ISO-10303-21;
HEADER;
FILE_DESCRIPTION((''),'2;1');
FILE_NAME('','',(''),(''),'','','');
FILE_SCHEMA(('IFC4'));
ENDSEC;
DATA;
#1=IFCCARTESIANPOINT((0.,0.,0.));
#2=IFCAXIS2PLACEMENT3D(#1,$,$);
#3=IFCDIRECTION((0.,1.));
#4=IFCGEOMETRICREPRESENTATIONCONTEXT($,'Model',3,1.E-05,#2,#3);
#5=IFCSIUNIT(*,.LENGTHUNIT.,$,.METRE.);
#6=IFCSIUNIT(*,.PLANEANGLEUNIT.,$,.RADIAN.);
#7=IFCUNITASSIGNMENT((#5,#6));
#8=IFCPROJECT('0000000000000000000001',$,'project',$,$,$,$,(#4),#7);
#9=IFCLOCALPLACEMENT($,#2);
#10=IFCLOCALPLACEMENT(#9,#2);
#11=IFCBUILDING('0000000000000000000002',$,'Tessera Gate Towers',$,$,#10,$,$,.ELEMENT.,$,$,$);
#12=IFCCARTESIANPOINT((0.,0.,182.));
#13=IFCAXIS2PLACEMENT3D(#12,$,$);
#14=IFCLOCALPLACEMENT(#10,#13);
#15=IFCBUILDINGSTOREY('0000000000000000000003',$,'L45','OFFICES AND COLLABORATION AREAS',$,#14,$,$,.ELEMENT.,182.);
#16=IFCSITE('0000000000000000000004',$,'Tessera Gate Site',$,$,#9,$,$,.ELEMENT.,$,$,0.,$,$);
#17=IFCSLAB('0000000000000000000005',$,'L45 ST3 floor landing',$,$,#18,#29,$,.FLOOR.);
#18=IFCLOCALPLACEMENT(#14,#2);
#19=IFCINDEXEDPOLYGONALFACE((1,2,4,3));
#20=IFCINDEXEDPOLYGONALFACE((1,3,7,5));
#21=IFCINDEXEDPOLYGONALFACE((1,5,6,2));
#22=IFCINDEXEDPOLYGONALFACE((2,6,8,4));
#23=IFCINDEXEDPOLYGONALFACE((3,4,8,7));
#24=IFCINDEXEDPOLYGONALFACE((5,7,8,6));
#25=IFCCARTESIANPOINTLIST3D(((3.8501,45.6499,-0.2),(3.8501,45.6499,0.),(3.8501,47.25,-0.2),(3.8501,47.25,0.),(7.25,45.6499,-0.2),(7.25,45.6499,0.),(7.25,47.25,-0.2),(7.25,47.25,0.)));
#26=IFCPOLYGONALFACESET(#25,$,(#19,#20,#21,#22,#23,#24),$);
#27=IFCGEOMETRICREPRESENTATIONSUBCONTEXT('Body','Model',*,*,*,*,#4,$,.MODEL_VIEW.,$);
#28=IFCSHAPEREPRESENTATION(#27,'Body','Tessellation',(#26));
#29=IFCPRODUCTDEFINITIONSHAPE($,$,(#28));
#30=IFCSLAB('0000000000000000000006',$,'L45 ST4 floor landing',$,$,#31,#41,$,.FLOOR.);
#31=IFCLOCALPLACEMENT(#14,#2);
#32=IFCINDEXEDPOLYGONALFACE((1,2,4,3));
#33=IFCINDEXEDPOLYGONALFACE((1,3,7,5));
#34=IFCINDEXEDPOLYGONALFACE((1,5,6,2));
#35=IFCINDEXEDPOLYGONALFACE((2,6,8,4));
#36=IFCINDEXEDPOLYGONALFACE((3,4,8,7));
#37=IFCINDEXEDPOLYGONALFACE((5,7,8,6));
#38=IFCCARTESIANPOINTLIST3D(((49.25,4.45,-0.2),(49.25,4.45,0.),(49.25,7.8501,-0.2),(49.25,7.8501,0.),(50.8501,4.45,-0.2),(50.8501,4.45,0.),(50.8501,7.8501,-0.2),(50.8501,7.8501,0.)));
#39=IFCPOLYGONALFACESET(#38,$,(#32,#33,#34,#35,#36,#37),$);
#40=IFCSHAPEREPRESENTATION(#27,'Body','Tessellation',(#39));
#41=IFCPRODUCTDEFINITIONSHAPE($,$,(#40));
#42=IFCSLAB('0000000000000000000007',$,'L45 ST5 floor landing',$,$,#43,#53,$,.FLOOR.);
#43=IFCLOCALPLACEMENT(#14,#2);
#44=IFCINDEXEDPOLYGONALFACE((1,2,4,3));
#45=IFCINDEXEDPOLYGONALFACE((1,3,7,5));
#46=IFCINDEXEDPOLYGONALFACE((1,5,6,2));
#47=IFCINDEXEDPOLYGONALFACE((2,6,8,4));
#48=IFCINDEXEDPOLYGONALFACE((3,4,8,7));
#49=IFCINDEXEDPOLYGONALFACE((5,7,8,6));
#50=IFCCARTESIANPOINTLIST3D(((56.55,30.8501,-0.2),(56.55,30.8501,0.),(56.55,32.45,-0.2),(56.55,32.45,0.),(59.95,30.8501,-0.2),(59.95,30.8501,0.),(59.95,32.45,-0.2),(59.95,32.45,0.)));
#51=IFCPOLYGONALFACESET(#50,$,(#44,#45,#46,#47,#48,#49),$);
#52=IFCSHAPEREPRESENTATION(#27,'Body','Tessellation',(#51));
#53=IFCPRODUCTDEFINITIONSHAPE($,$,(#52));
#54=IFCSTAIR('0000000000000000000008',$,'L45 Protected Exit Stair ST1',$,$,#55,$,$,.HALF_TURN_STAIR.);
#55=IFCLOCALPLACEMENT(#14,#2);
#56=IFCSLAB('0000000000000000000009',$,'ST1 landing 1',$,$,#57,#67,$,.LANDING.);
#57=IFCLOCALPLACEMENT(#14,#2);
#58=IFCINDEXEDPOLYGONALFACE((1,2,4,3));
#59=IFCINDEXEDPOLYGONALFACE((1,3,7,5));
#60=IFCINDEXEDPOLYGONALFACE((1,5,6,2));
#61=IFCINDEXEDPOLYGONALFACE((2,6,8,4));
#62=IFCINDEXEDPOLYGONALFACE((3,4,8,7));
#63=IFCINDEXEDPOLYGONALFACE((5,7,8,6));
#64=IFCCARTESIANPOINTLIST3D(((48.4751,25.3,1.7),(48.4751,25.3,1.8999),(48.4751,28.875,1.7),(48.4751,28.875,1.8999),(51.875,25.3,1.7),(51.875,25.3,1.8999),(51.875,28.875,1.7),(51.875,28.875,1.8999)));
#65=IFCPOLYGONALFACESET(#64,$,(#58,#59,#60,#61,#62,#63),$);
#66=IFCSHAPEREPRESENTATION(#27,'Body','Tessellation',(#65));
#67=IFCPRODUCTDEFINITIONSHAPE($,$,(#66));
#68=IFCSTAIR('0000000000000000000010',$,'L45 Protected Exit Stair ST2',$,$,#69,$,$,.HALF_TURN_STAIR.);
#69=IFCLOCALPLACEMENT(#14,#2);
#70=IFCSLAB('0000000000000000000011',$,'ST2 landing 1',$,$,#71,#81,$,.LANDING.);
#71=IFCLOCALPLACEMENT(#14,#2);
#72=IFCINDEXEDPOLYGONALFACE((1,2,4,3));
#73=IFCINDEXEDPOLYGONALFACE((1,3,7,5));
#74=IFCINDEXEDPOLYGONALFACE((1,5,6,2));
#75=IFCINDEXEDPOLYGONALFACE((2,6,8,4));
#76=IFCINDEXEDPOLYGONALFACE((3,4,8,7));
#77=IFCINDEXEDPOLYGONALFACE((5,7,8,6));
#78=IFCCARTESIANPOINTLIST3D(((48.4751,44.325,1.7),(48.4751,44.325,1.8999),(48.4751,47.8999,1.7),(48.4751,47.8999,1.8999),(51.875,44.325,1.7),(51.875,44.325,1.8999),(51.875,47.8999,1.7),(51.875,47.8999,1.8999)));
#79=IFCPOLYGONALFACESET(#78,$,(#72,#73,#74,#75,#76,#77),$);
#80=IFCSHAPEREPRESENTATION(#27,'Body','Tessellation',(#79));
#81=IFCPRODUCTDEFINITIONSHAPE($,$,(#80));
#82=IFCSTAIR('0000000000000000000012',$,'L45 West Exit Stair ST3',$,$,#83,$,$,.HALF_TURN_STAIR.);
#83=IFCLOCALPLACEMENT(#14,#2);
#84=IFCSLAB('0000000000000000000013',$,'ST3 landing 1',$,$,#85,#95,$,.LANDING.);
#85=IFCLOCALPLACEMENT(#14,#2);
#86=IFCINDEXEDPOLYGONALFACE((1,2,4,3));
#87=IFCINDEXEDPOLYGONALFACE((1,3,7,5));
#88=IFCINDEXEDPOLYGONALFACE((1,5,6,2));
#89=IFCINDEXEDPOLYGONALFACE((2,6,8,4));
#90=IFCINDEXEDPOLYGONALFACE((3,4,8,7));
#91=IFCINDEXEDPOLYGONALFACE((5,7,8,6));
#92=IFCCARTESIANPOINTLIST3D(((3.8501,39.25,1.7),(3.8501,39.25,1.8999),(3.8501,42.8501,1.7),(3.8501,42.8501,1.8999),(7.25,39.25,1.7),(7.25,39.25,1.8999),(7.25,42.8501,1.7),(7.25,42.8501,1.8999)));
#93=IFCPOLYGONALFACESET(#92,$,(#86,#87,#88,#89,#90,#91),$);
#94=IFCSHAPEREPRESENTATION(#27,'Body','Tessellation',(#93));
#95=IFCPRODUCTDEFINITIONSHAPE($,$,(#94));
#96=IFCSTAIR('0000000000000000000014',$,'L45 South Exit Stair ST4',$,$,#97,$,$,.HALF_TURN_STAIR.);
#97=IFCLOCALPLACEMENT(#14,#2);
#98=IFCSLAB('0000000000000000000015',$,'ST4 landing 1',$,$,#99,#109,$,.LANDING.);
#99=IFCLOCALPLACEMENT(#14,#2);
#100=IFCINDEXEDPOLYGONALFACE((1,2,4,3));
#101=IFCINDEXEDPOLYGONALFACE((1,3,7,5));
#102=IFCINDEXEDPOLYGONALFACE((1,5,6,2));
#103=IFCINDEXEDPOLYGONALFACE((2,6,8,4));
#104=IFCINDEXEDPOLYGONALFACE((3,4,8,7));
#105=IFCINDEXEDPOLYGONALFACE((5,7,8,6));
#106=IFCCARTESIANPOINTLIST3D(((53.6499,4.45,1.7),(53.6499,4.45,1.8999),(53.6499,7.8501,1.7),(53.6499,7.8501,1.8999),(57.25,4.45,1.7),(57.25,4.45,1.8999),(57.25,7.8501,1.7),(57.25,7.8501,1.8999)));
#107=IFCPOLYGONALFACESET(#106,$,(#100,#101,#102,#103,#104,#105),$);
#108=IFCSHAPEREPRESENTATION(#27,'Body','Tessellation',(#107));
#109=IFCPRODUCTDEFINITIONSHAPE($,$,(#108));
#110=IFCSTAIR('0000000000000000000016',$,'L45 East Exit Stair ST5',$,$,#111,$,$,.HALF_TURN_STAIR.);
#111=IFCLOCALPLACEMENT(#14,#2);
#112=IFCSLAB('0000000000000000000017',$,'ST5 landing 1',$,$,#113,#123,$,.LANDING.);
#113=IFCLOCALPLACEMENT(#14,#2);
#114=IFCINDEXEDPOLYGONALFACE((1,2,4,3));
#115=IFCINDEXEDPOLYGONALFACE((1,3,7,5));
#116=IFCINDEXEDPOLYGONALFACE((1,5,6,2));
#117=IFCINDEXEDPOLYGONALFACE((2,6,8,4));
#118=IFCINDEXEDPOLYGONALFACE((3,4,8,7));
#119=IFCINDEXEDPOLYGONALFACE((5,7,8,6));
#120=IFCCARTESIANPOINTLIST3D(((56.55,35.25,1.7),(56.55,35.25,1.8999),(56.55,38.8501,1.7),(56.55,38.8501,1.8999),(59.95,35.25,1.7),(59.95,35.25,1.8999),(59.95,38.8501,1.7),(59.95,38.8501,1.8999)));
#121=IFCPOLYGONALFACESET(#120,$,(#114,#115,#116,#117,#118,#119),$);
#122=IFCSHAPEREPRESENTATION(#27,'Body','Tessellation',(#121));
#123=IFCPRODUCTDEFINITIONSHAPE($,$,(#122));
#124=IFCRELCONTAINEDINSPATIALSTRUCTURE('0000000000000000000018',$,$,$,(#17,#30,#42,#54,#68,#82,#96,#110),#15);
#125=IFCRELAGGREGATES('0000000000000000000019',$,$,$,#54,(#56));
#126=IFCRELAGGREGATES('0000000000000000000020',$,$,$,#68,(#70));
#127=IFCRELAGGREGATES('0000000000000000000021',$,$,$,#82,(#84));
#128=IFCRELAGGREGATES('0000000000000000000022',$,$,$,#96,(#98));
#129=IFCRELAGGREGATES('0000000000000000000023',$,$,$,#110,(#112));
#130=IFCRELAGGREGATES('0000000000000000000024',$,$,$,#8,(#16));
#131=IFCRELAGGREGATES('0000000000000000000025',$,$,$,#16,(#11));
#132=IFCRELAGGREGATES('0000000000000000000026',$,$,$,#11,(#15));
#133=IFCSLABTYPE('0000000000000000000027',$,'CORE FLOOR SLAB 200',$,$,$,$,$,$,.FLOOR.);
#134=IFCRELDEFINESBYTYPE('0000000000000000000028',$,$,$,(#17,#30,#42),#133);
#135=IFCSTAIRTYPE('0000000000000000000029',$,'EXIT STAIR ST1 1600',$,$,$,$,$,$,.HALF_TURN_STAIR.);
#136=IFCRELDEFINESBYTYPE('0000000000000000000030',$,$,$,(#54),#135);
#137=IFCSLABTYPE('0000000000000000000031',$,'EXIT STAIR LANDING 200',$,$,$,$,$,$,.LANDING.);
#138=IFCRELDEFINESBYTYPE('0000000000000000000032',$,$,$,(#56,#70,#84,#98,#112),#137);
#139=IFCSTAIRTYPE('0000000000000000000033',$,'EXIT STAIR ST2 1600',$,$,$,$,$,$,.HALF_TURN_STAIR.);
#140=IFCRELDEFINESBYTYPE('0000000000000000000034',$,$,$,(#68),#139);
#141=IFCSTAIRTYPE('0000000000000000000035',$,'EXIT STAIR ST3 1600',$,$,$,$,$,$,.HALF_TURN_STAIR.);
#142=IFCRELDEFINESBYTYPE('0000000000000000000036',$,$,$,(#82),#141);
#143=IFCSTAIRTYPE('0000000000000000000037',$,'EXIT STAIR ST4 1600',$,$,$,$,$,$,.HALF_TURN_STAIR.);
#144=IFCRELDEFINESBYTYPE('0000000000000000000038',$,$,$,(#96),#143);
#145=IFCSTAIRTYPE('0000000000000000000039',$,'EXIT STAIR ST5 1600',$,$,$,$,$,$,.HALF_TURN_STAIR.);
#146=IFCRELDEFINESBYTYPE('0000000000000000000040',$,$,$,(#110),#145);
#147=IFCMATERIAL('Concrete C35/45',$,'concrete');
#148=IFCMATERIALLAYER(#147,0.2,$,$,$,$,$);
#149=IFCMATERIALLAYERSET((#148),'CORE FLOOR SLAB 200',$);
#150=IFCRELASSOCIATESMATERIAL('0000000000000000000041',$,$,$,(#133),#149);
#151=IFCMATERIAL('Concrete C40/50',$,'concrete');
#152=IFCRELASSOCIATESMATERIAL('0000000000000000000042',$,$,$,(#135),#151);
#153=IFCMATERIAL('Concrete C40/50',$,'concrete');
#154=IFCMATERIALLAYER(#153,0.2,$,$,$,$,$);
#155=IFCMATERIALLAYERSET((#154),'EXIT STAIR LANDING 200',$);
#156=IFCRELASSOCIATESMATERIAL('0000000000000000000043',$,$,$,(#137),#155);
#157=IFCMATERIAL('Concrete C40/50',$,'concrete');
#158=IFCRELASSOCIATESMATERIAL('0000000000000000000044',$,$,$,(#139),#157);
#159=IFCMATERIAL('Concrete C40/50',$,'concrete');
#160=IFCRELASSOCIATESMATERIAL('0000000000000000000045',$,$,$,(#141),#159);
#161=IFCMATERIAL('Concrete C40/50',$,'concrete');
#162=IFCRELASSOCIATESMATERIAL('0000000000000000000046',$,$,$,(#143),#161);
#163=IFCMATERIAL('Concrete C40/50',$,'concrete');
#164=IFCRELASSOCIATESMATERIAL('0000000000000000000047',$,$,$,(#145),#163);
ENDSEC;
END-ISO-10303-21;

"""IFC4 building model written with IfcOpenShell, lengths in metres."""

from ifc_helpers import new_model, si_unit, direction, frame, origin, place, context, subcontext, project, spatial, polyline, outline, extrude, material, layer, layer_set, type_object, element, aggregate, save


model = new_model("IFC4")

# Units and contexts
model_context = context("Model", 3, precision=1e-05, world=origin(), true_north=direction((0.0, 1.0)))
body_context = subcontext(model_context, "Body", "Model", "MODEL_VIEW")
ifc_project = project(units=[si_unit("LENGTHUNIT", "METRE"), si_unit("PLANEANGLEUNIT", "RADIAN")], contexts=[model_context])

# Site, building, storey
site_placement = place(None, origin())
site = spatial("IfcSite", under=ifc_project, at=site_placement, Name="Tessera Gate Site", CompositionType="ELEMENT", RefElevation=0.0)
building_placement = place(site_placement, origin())
building = spatial("IfcBuilding", under=site, at=building_placement, Name="Tessera Gate Towers", CompositionType="ELEMENT")
storey_placement = place(building_placement, frame((0.0, 0.0, 182.0)))
storey = spatial("IfcBuildingStorey", under=building, at=storey_placement, Name="L45", Description="OFFICES AND COLLABORATION AREAS", CompositionType="ELEMENT", Elevation=182.0)

# Slabs
ifc_material_1 = material(Name="Concrete C35/45", Category="concrete")
ifc_layer_1 = layer(ifc_material_1, 0.2)
ifc_layer_set_1 = layer_set([ifc_layer_1], Name="CORE FLOOR SLAB 200")
slab_type_1 = type_object("IfcSlabType", Name="CORE FLOOR SLAB 200", PredefinedType="FLOOR", material=ifc_layer_set_1)
slab_1_placement = place(storey_placement, frame((0.0, 0.0, -0.2)))
element("IfcSlab", 1, at=slab_1_placement, inside=storey, type_object=slab_type_1, Name="L45 ST3 floor landing", PredefinedType="FLOOR", context=body_context, shape_type="SweptSolid", body=[
    extrude(outline(polyline([(3.8501, 47.25), (3.8501, 45.6499), (7.25, 45.6499), (7.25, 47.25), (3.8501, 47.25)])), origin(), (0.0, 0.0, 1.0), 0.2),
])
slab_2_placement = place(storey_placement, frame((0.0, 0.0, -0.2)))
element("IfcSlab", 2, at=slab_2_placement, inside=storey, type_object=slab_type_1, Name="L45 ST4 floor landing", PredefinedType="FLOOR", context=body_context, shape_type="SweptSolid", body=[
    extrude(outline(polyline([(49.25, 4.45), (50.8501, 4.45), (50.8501, 7.8501), (49.25, 7.8501), (49.25, 4.45)])), origin(), (0.0, 0.0, 1.0), 0.2),
])
slab_3_placement = place(storey_placement, frame((0.0, 0.0, -0.2)))
element("IfcSlab", 3, at=slab_3_placement, inside=storey, type_object=slab_type_1, Name="L45 ST5 floor landing", PredefinedType="FLOOR", context=body_context, shape_type="SweptSolid", body=[
    extrude(outline(polyline([(59.95, 30.8501), (59.95, 32.45), (56.55, 32.45), (56.55, 30.8501), (59.95, 30.8501)])), origin(), (0.0, 0.0, 1.0), 0.2),
])

# Stairs, slabs
ifc_material_2 = material(Name="Concrete C40/50", Category="concrete")
stair_type_1 = type_object("IfcStairType", Name="EXIT STAIR ST1 1600", PredefinedType="HALF_TURN_STAIR", material=ifc_material_2)
stair_1_placement = place(storey_placement, origin())
stair_1 = element("IfcStair", 4, at=stair_1_placement, inside=storey, type_object=stair_type_1, Name="L45 Protected Exit Stair ST1", PredefinedType="HALF_TURN_STAIR")
ifc_material_3 = material(Name="Concrete C40/50", Category="concrete")
ifc_layer_2 = layer(ifc_material_3, 0.2)
ifc_layer_set_2 = layer_set([ifc_layer_2], Name="EXIT STAIR LANDING 200")
slab_type_2 = type_object("IfcSlabType", Name="EXIT STAIR LANDING 200", PredefinedType="LANDING", material=ifc_layer_set_2)
slab_4_placement = place(storey_placement, frame((0.0, 0.0, 1.7)))
slab_4 = element("IfcSlab", 5, at=slab_4_placement, type_object=slab_type_2, Name="ST1 landing 1", PredefinedType="LANDING", context=body_context, shape_type="SweptSolid", body=[
    extrude(outline(polyline([(48.4751, 28.875), (48.4751, 25.3), (51.875, 25.3), (51.875, 28.875), (48.4751, 28.875)])), origin(), (0.0, 0.0, 1.0), 0.2),
])
aggregate(stair_1, [slab_4])
ifc_material_4 = material(Name="Concrete C40/50", Category="concrete")
stair_type_2 = type_object("IfcStairType", Name="EXIT STAIR ST2 1600", PredefinedType="HALF_TURN_STAIR", material=ifc_material_4)
stair_2_placement = place(storey_placement, origin())
stair_2 = element("IfcStair", 6, at=stair_2_placement, inside=storey, type_object=stair_type_2, Name="L45 Protected Exit Stair ST2", PredefinedType="HALF_TURN_STAIR")
slab_5_placement = place(storey_placement, frame((0.0, 0.0, 1.7)))
slab_5 = element("IfcSlab", 7, at=slab_5_placement, type_object=slab_type_2, Name="ST2 landing 1", PredefinedType="LANDING", context=body_context, shape_type="SweptSolid", body=[
    extrude(outline(polyline([(51.875, 44.325), (51.875, 47.8999), (48.4751, 47.8999), (48.4751, 44.325), (51.875, 44.325)])), origin(), (0.0, 0.0, 1.0), 0.2),
])
aggregate(stair_2, [slab_5])
ifc_material_5 = material(Name="Concrete C40/50", Category="concrete")
stair_type_3 = type_object("IfcStairType", Name="EXIT STAIR ST3 1600", PredefinedType="HALF_TURN_STAIR", material=ifc_material_5)
stair_3_placement = place(storey_placement, origin())
stair_3 = element("IfcStair", 8, at=stair_3_placement, inside=storey, type_object=stair_type_3, Name="L45 West Exit Stair ST3", PredefinedType="HALF_TURN_STAIR")
slab_6_placement = place(storey_placement, frame((0.0, 0.0, 1.7)))
slab_6 = element("IfcSlab", 9, at=slab_6_placement, type_object=slab_type_2, Name="ST3 landing 1", PredefinedType="LANDING", context=body_context, shape_type="SweptSolid", body=[
    extrude(outline(polyline([(3.8501, 42.8501), (3.8501, 39.25), (7.25, 39.25), (7.25, 42.8501), (3.8501, 42.8501)])), origin(), (0.0, 0.0, 1.0), 0.2),
])
aggregate(stair_3, [slab_6])
ifc_material_6 = material(Name="Concrete C40/50", Category="concrete")
stair_type_4 = type_object("IfcStairType", Name="EXIT STAIR ST4 1600", PredefinedType="HALF_TURN_STAIR", material=ifc_material_6)
stair_4_placement = place(storey_placement, origin())
stair_4 = element("IfcStair", 10, at=stair_4_placement, inside=storey, type_object=stair_type_4, Name="L45 South Exit Stair ST4", PredefinedType="HALF_TURN_STAIR")
slab_7_placement = place(storey_placement, frame((0.0, 0.0, 1.7)))
slab_7 = element("IfcSlab", 11, at=slab_7_placement, type_object=slab_type_2, Name="ST4 landing 1", PredefinedType="LANDING", context=body_context, shape_type="SweptSolid", body=[
    extrude(outline(polyline([(53.6499, 4.45), (57.25, 4.45), (57.25, 7.8501), (53.6499, 7.8501), (53.6499, 4.45)])), origin(), (0.0, 0.0, 1.0), 0.2),
])
aggregate(stair_4, [slab_7])
ifc_material_7 = material(Name="Concrete C40/50", Category="concrete")
stair_type_5 = type_object("IfcStairType", Name="EXIT STAIR ST5 1600", PredefinedType="HALF_TURN_STAIR", material=ifc_material_7)
stair_5_placement = place(storey_placement, origin())
stair_5 = element("IfcStair", 12, at=stair_5_placement, inside=storey, type_object=stair_type_5, Name="L45 East Exit Stair ST5", PredefinedType="HALF_TURN_STAIR")
slab_8_placement = place(storey_placement, frame((0.0, 0.0, 1.7)))
slab_8 = element("IfcSlab", 13, at=slab_8_placement, type_object=slab_type_2, Name="ST5 landing 1", PredefinedType="LANDING", context=body_context, shape_type="SweptSolid", body=[
    extrude(outline(polyline([(59.95, 35.25), (59.95, 38.8501), (56.55, 38.8501), (56.55, 35.25), (59.95, 35.25)])), origin(), (0.0, 0.0, 1.0), 0.2),
])
aggregate(stair_5, [slab_8])

save(model, "model.ifc")
